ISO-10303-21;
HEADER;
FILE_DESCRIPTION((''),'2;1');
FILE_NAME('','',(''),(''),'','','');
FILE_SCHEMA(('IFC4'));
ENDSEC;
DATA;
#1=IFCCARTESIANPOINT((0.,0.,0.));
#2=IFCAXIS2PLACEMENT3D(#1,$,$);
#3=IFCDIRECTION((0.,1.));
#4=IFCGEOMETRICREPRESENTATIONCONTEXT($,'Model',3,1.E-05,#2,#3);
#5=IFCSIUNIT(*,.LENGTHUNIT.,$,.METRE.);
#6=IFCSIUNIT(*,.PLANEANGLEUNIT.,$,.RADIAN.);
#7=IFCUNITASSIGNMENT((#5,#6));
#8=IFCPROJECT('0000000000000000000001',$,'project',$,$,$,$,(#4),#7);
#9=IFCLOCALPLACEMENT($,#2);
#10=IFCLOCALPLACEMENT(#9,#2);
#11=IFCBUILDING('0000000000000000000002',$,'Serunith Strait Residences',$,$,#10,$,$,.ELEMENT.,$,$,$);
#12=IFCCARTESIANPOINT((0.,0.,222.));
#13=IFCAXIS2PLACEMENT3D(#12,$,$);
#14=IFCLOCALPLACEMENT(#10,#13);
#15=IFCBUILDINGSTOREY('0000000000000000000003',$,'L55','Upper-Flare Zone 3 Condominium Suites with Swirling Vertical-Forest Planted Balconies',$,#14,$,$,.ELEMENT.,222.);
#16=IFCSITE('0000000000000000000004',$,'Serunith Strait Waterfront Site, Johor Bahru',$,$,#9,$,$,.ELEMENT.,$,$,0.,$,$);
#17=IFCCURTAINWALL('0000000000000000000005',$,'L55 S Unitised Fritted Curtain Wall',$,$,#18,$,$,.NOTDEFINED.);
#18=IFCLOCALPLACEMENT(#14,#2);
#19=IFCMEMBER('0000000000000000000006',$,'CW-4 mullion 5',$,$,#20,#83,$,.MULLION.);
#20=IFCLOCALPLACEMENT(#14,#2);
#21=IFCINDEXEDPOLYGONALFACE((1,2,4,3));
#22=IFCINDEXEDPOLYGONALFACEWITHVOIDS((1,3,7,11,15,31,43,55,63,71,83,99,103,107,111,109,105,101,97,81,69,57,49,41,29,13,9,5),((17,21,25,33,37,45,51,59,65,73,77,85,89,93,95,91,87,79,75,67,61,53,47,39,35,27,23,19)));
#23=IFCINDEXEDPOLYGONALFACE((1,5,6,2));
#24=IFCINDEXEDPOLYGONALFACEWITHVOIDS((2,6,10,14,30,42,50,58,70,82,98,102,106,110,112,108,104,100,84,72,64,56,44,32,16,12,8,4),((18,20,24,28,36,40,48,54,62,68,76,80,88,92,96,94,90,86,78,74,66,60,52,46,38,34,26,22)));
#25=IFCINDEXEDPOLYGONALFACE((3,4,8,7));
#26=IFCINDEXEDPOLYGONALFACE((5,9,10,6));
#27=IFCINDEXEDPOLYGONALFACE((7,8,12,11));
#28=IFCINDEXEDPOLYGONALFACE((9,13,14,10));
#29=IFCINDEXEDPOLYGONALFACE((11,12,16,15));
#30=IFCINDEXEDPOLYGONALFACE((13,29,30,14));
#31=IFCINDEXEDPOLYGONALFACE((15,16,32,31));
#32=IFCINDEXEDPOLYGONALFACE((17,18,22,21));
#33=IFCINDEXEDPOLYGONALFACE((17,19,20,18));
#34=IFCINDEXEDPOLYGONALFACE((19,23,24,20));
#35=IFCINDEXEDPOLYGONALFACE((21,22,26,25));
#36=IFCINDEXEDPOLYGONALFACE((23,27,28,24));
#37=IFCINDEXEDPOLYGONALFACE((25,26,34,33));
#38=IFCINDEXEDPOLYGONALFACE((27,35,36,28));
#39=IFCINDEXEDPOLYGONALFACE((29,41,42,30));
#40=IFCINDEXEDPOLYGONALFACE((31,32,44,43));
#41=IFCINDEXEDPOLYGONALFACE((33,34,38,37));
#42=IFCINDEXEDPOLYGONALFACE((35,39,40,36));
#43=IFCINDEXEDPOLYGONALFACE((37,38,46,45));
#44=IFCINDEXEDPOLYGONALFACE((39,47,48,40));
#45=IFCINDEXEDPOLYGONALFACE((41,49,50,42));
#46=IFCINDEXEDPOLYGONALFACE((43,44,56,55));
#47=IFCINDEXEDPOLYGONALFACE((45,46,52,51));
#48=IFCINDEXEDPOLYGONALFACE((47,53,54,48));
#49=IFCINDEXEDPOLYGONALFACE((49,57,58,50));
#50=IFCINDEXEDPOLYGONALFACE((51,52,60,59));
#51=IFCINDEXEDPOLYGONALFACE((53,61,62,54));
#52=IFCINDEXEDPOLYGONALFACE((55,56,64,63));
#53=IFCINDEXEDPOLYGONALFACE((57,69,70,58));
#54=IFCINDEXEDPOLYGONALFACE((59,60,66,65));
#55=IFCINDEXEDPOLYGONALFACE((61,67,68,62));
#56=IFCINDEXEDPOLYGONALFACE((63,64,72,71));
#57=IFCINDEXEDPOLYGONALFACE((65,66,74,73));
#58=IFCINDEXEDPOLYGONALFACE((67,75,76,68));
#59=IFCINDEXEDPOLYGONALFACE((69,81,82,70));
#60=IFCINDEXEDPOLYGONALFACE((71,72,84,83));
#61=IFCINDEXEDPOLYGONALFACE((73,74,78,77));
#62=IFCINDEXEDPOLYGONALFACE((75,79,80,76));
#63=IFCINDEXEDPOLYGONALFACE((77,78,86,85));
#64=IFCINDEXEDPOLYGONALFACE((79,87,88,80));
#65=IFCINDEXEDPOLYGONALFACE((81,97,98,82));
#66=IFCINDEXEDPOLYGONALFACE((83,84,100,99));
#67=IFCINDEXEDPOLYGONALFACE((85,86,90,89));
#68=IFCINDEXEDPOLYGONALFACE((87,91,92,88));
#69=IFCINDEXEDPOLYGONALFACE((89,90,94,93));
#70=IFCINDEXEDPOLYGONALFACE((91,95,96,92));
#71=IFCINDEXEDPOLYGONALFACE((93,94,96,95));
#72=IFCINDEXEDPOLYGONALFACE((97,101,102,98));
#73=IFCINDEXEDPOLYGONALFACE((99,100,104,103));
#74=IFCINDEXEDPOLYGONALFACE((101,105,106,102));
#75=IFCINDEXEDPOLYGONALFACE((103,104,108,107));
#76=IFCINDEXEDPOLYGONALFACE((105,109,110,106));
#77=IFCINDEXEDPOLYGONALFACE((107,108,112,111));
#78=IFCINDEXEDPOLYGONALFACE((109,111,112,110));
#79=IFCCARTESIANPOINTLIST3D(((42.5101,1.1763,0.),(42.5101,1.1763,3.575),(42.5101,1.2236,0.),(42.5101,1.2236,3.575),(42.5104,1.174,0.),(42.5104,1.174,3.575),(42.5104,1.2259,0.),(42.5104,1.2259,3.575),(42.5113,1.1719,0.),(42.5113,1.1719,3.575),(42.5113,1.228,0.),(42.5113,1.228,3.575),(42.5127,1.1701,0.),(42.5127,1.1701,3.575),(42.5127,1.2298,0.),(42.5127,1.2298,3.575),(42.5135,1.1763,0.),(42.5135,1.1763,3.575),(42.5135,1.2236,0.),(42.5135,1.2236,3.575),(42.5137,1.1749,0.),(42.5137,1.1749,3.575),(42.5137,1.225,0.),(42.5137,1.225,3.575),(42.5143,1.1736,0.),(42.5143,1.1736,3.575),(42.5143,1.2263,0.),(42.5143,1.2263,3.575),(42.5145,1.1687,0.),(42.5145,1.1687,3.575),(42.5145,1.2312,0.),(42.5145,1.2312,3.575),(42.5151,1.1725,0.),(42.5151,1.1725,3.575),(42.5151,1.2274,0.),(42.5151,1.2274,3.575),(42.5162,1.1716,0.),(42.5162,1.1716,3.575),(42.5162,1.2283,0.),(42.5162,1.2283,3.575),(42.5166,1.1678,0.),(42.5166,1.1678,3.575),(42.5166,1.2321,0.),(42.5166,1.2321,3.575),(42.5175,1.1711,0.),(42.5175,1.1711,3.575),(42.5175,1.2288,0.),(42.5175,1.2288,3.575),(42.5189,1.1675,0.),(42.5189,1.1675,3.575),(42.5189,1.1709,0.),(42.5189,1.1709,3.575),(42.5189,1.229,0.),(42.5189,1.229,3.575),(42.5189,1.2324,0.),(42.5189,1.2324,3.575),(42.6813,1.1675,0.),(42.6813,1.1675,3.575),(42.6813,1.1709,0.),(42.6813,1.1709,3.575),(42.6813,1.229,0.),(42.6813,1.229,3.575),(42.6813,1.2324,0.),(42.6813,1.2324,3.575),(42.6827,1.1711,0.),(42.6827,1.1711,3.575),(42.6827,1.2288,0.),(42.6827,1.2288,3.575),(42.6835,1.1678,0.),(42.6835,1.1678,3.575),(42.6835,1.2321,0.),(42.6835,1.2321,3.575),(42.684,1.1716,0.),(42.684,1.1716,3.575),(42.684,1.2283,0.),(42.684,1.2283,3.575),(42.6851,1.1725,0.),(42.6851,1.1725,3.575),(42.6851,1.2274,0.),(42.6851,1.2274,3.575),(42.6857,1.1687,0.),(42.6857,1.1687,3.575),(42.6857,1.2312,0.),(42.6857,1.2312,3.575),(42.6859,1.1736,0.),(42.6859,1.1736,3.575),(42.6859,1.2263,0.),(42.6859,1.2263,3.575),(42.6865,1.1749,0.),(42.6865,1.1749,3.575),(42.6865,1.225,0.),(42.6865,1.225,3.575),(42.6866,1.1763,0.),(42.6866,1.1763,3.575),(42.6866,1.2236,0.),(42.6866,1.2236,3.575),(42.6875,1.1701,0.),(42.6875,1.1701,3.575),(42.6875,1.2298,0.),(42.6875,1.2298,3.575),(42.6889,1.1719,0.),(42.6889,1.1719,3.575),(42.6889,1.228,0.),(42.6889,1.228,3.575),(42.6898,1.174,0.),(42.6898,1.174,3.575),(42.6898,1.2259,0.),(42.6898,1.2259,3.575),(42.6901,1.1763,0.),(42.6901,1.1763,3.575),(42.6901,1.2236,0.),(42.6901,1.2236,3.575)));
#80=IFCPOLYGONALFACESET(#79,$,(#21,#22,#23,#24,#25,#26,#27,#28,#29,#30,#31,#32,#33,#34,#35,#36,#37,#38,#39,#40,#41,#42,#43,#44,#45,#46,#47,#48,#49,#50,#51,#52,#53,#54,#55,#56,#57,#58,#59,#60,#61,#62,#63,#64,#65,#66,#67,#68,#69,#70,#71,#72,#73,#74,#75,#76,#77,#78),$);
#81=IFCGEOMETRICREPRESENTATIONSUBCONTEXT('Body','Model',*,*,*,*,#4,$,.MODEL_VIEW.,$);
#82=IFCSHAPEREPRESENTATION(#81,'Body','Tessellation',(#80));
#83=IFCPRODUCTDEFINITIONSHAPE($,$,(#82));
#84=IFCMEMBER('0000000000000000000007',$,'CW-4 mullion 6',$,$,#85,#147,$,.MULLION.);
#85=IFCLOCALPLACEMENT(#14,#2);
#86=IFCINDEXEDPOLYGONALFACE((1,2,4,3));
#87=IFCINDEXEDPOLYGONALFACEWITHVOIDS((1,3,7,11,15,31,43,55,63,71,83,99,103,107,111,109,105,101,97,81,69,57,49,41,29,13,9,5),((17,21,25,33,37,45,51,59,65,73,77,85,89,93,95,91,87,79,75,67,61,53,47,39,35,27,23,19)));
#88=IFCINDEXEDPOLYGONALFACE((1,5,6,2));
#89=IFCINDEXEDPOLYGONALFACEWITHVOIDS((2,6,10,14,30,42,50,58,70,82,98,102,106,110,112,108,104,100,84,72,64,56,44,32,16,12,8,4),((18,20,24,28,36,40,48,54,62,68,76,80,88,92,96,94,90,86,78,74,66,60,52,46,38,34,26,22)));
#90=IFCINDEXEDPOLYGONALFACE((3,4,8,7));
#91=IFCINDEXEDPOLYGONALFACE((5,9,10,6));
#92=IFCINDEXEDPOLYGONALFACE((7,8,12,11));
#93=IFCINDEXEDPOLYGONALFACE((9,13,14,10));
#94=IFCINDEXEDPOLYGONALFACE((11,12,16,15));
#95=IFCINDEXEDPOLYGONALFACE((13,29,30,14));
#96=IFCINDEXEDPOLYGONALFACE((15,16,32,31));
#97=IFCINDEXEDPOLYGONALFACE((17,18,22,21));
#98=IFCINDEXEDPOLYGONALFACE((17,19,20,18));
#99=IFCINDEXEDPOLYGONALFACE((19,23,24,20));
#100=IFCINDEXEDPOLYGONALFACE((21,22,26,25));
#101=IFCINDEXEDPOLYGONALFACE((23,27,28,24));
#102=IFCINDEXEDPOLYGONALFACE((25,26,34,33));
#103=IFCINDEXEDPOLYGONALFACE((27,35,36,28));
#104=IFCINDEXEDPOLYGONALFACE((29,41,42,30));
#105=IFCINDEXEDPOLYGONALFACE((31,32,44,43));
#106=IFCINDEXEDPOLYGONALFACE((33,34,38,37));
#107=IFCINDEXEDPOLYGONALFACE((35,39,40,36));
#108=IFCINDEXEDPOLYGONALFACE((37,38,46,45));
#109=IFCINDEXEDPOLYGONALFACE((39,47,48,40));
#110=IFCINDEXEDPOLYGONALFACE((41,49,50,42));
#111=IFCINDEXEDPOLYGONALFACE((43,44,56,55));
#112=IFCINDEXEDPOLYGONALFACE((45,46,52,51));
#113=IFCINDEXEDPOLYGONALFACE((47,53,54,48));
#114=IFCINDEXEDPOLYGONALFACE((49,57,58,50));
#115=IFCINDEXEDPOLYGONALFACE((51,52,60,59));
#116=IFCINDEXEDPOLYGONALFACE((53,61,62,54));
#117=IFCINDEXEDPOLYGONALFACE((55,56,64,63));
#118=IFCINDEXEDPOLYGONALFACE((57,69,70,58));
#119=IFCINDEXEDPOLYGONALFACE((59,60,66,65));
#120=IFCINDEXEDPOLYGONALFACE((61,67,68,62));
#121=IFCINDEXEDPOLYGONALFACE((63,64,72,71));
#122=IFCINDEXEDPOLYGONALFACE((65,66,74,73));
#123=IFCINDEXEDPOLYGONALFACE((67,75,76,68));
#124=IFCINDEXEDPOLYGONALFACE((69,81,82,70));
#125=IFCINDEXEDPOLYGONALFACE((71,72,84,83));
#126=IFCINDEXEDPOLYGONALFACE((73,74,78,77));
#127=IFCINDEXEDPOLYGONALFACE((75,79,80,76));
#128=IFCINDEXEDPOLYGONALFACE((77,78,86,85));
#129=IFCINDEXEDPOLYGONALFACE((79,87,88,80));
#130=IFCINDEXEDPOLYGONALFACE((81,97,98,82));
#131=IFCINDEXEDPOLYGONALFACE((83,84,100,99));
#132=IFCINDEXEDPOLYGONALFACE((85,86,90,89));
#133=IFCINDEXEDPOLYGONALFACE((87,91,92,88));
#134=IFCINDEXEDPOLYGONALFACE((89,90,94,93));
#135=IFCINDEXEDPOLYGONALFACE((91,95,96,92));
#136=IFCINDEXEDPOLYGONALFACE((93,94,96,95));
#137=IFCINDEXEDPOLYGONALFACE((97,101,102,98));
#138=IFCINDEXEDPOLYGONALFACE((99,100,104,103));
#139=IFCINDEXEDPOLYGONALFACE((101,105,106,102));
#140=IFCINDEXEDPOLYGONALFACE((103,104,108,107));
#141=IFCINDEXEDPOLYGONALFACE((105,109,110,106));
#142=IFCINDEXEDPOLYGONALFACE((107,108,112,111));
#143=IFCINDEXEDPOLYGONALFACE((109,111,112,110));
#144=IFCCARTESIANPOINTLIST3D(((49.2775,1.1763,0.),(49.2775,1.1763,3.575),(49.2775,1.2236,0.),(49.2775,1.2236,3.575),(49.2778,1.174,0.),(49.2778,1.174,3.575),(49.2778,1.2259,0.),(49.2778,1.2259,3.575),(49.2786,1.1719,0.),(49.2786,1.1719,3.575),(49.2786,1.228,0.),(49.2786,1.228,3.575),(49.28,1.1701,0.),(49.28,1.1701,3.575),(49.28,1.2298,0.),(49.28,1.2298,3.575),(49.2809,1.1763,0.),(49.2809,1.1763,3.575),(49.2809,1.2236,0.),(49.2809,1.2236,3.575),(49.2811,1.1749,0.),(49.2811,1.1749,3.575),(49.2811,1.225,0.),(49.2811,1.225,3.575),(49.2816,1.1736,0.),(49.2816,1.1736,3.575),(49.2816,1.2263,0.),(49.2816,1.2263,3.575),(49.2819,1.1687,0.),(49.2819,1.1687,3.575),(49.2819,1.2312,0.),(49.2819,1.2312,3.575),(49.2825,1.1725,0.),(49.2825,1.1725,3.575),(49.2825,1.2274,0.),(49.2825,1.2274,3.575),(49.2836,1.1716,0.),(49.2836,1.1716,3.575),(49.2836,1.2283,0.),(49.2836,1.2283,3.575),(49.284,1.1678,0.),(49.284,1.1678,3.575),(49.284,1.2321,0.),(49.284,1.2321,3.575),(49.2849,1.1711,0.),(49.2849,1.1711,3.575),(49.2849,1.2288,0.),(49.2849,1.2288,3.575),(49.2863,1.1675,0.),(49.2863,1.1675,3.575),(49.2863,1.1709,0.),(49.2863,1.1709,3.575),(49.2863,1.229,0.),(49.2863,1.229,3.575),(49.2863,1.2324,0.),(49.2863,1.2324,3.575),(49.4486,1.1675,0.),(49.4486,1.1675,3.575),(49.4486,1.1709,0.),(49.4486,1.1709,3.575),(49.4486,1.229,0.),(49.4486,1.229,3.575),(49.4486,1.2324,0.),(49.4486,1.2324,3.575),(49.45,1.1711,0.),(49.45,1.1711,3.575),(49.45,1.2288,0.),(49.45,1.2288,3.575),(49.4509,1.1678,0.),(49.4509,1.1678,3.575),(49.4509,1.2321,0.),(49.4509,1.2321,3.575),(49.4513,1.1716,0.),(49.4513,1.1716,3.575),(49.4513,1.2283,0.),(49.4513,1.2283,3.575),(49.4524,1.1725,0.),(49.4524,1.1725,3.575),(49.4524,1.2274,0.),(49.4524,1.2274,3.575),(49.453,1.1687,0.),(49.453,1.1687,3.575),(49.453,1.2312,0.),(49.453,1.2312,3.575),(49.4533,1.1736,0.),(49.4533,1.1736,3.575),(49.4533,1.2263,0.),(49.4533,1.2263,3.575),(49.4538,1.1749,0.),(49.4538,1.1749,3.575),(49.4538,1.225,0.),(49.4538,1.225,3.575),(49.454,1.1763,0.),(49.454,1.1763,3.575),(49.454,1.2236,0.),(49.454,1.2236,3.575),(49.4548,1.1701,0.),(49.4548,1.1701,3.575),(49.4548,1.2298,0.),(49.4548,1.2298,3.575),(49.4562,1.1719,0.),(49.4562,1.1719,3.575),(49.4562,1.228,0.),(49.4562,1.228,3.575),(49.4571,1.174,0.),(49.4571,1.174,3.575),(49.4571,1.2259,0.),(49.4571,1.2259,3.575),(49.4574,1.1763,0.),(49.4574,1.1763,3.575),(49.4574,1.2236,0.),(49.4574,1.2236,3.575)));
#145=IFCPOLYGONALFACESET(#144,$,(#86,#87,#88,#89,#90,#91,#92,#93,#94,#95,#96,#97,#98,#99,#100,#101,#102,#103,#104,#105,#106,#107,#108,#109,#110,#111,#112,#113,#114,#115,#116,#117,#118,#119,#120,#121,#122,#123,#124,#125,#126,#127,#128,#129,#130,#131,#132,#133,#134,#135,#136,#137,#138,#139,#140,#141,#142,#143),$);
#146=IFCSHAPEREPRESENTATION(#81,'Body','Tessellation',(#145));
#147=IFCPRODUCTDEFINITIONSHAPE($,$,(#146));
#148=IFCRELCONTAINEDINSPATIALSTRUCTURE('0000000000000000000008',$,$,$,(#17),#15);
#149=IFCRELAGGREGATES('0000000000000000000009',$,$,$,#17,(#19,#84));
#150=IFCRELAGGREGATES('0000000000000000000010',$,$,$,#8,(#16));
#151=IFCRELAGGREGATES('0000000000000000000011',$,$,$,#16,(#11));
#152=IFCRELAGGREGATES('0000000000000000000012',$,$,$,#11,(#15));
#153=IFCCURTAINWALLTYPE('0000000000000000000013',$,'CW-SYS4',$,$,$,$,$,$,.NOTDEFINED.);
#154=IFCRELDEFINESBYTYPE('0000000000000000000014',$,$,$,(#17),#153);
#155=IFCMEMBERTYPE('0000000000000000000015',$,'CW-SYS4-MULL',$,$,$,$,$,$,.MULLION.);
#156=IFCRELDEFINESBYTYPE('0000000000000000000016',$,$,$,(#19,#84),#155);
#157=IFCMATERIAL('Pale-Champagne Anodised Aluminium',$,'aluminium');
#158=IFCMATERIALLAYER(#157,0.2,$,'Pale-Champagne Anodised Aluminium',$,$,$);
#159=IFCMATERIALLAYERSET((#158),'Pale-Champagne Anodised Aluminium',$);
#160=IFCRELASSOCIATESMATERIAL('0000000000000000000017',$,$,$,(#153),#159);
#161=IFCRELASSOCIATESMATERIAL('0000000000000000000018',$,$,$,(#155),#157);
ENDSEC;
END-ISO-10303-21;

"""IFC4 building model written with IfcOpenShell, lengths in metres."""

from ifc_helpers import new_model, si_unit, direction, frame, origin, origin_2d, place, context, subcontext, project, spatial, hollow_rectangle, extrude, source, transform, mapped, material, layer, layer_set, material_profile, profile_set, type_object, element, aggregate, save


model = new_model("IFC4")

# Units and contexts
model_context = context("Model", 3, precision=1e-05, world=origin(), true_north=direction((0.0, 1.0)))
body_context = subcontext(model_context, "Body", "Model", "MODEL_VIEW")
ifc_project = project(units=[si_unit("LENGTHUNIT", "METRE"), si_unit("PLANEANGLEUNIT", "RADIAN")], contexts=[model_context])

# Site, building, storey
site_placement = place(None, origin())
site = spatial("IfcSite", under=ifc_project, at=site_placement, Name="Serunith Strait Waterfront Site, Johor Bahru", CompositionType="ELEMENT", RefElevation=0.0)
building_placement = place(site_placement, origin())
building = spatial("IfcBuilding", under=site, at=building_placement, Name="Serunith Strait Residences", CompositionType="ELEMENT")
storey_placement = place(building_placement, frame((0.0, 0.0, 222.0)))
storey = spatial("IfcBuildingStorey", under=building, at=storey_placement, Name="L55", Description="Upper-Flare Zone 3 Condominium Suites with Swirling Vertical-Forest Planted Balconies", CompositionType="ELEMENT", Elevation=222.0)

# Curtain wall, members
ifc_material_1 = material(Name="Pale-Champagne Anodised Aluminium", Category="aluminium")
ifc_layer_1 = layer(ifc_material_1, 0.2, Name="Pale-Champagne Anodised Aluminium")
ifc_layer_set_1 = layer_set([ifc_layer_1], Name="Pale-Champagne Anodised Aluminium")
curtain_wall_type = type_object("IfcCurtainWallType", Name="CW-SYS4", PredefinedType="NOTDEFINED", material=ifc_layer_set_1)
curtain_wall_1_placement = place(storey_placement, origin())
curtain_wall_1 = element("IfcCurtainWall", 1, at=curtain_wall_1_placement, inside=storey, type_object=curtain_wall_type, Name="L55 S Unitised Fritted Curtain Wall", PredefinedType="NOTDEFINED")
ifc_material_profile_1 = material_profile(ifc_material_1, hollow_rectangle(XDim=0.0649, YDim=0.1799, WallThickness=0.0034, InnerFilletRadius=0.0054, OuterFilletRadius=0.0088, at=origin_2d()), Name="ALU 180x65x3.5")
ifc_profile_set_1 = profile_set([ifc_material_profile_1], Name="Pale-Champagne Anodised Aluminium")
member_type_1 = type_object("IfcMemberType", Name="CW-SYS4-MULL", PredefinedType="MULLION", material=ifc_profile_set_1)
shared_shape_1 = source(origin(), body_context, "Body", "SweptSolid", [
    extrude(hollow_rectangle(XDim=0.0649, YDim=0.1799, WallThickness=0.0034, InnerFilletRadius=0.0054, OuterFilletRadius=0.0088, at=origin_2d()), origin(), (0.0, 0.0, 1.0), 3.575),
])
member_1_placement = place(storey_placement, frame((42.6001, 1.2, 0.0), z_axis=(0.0, 0.0, 1.0), x_axis=(0.0, 1.0, 0.0)))
member_1 = element("IfcMember", 2, at=member_1_placement, type_object=member_type_1, Name="CW-4 mullion 5", PredefinedType="MULLION", context=body_context, shape_type="MappedRepresentation", body=[
    mapped(shared_shape_1, transform((0.0, 0.0, 0.0), scale=1.0)),
])
member_2_placement = place(storey_placement, frame((49.3674, 1.2, 0.0), z_axis=(0.0, 0.0, 1.0), x_axis=(0.0, 1.0, 0.0)))
member_2 = element("IfcMember", 3, at=member_2_placement, type_object=member_type_1, Name="CW-4 mullion 6", PredefinedType="MULLION", context=body_context, shape_type="MappedRepresentation", body=[
    mapped(shared_shape_1, transform((0.0, 0.0, 0.0), scale=1.0)),
])

aggregate(curtain_wall_1, [member_1, member_2])

save(model, "model.ifc")
